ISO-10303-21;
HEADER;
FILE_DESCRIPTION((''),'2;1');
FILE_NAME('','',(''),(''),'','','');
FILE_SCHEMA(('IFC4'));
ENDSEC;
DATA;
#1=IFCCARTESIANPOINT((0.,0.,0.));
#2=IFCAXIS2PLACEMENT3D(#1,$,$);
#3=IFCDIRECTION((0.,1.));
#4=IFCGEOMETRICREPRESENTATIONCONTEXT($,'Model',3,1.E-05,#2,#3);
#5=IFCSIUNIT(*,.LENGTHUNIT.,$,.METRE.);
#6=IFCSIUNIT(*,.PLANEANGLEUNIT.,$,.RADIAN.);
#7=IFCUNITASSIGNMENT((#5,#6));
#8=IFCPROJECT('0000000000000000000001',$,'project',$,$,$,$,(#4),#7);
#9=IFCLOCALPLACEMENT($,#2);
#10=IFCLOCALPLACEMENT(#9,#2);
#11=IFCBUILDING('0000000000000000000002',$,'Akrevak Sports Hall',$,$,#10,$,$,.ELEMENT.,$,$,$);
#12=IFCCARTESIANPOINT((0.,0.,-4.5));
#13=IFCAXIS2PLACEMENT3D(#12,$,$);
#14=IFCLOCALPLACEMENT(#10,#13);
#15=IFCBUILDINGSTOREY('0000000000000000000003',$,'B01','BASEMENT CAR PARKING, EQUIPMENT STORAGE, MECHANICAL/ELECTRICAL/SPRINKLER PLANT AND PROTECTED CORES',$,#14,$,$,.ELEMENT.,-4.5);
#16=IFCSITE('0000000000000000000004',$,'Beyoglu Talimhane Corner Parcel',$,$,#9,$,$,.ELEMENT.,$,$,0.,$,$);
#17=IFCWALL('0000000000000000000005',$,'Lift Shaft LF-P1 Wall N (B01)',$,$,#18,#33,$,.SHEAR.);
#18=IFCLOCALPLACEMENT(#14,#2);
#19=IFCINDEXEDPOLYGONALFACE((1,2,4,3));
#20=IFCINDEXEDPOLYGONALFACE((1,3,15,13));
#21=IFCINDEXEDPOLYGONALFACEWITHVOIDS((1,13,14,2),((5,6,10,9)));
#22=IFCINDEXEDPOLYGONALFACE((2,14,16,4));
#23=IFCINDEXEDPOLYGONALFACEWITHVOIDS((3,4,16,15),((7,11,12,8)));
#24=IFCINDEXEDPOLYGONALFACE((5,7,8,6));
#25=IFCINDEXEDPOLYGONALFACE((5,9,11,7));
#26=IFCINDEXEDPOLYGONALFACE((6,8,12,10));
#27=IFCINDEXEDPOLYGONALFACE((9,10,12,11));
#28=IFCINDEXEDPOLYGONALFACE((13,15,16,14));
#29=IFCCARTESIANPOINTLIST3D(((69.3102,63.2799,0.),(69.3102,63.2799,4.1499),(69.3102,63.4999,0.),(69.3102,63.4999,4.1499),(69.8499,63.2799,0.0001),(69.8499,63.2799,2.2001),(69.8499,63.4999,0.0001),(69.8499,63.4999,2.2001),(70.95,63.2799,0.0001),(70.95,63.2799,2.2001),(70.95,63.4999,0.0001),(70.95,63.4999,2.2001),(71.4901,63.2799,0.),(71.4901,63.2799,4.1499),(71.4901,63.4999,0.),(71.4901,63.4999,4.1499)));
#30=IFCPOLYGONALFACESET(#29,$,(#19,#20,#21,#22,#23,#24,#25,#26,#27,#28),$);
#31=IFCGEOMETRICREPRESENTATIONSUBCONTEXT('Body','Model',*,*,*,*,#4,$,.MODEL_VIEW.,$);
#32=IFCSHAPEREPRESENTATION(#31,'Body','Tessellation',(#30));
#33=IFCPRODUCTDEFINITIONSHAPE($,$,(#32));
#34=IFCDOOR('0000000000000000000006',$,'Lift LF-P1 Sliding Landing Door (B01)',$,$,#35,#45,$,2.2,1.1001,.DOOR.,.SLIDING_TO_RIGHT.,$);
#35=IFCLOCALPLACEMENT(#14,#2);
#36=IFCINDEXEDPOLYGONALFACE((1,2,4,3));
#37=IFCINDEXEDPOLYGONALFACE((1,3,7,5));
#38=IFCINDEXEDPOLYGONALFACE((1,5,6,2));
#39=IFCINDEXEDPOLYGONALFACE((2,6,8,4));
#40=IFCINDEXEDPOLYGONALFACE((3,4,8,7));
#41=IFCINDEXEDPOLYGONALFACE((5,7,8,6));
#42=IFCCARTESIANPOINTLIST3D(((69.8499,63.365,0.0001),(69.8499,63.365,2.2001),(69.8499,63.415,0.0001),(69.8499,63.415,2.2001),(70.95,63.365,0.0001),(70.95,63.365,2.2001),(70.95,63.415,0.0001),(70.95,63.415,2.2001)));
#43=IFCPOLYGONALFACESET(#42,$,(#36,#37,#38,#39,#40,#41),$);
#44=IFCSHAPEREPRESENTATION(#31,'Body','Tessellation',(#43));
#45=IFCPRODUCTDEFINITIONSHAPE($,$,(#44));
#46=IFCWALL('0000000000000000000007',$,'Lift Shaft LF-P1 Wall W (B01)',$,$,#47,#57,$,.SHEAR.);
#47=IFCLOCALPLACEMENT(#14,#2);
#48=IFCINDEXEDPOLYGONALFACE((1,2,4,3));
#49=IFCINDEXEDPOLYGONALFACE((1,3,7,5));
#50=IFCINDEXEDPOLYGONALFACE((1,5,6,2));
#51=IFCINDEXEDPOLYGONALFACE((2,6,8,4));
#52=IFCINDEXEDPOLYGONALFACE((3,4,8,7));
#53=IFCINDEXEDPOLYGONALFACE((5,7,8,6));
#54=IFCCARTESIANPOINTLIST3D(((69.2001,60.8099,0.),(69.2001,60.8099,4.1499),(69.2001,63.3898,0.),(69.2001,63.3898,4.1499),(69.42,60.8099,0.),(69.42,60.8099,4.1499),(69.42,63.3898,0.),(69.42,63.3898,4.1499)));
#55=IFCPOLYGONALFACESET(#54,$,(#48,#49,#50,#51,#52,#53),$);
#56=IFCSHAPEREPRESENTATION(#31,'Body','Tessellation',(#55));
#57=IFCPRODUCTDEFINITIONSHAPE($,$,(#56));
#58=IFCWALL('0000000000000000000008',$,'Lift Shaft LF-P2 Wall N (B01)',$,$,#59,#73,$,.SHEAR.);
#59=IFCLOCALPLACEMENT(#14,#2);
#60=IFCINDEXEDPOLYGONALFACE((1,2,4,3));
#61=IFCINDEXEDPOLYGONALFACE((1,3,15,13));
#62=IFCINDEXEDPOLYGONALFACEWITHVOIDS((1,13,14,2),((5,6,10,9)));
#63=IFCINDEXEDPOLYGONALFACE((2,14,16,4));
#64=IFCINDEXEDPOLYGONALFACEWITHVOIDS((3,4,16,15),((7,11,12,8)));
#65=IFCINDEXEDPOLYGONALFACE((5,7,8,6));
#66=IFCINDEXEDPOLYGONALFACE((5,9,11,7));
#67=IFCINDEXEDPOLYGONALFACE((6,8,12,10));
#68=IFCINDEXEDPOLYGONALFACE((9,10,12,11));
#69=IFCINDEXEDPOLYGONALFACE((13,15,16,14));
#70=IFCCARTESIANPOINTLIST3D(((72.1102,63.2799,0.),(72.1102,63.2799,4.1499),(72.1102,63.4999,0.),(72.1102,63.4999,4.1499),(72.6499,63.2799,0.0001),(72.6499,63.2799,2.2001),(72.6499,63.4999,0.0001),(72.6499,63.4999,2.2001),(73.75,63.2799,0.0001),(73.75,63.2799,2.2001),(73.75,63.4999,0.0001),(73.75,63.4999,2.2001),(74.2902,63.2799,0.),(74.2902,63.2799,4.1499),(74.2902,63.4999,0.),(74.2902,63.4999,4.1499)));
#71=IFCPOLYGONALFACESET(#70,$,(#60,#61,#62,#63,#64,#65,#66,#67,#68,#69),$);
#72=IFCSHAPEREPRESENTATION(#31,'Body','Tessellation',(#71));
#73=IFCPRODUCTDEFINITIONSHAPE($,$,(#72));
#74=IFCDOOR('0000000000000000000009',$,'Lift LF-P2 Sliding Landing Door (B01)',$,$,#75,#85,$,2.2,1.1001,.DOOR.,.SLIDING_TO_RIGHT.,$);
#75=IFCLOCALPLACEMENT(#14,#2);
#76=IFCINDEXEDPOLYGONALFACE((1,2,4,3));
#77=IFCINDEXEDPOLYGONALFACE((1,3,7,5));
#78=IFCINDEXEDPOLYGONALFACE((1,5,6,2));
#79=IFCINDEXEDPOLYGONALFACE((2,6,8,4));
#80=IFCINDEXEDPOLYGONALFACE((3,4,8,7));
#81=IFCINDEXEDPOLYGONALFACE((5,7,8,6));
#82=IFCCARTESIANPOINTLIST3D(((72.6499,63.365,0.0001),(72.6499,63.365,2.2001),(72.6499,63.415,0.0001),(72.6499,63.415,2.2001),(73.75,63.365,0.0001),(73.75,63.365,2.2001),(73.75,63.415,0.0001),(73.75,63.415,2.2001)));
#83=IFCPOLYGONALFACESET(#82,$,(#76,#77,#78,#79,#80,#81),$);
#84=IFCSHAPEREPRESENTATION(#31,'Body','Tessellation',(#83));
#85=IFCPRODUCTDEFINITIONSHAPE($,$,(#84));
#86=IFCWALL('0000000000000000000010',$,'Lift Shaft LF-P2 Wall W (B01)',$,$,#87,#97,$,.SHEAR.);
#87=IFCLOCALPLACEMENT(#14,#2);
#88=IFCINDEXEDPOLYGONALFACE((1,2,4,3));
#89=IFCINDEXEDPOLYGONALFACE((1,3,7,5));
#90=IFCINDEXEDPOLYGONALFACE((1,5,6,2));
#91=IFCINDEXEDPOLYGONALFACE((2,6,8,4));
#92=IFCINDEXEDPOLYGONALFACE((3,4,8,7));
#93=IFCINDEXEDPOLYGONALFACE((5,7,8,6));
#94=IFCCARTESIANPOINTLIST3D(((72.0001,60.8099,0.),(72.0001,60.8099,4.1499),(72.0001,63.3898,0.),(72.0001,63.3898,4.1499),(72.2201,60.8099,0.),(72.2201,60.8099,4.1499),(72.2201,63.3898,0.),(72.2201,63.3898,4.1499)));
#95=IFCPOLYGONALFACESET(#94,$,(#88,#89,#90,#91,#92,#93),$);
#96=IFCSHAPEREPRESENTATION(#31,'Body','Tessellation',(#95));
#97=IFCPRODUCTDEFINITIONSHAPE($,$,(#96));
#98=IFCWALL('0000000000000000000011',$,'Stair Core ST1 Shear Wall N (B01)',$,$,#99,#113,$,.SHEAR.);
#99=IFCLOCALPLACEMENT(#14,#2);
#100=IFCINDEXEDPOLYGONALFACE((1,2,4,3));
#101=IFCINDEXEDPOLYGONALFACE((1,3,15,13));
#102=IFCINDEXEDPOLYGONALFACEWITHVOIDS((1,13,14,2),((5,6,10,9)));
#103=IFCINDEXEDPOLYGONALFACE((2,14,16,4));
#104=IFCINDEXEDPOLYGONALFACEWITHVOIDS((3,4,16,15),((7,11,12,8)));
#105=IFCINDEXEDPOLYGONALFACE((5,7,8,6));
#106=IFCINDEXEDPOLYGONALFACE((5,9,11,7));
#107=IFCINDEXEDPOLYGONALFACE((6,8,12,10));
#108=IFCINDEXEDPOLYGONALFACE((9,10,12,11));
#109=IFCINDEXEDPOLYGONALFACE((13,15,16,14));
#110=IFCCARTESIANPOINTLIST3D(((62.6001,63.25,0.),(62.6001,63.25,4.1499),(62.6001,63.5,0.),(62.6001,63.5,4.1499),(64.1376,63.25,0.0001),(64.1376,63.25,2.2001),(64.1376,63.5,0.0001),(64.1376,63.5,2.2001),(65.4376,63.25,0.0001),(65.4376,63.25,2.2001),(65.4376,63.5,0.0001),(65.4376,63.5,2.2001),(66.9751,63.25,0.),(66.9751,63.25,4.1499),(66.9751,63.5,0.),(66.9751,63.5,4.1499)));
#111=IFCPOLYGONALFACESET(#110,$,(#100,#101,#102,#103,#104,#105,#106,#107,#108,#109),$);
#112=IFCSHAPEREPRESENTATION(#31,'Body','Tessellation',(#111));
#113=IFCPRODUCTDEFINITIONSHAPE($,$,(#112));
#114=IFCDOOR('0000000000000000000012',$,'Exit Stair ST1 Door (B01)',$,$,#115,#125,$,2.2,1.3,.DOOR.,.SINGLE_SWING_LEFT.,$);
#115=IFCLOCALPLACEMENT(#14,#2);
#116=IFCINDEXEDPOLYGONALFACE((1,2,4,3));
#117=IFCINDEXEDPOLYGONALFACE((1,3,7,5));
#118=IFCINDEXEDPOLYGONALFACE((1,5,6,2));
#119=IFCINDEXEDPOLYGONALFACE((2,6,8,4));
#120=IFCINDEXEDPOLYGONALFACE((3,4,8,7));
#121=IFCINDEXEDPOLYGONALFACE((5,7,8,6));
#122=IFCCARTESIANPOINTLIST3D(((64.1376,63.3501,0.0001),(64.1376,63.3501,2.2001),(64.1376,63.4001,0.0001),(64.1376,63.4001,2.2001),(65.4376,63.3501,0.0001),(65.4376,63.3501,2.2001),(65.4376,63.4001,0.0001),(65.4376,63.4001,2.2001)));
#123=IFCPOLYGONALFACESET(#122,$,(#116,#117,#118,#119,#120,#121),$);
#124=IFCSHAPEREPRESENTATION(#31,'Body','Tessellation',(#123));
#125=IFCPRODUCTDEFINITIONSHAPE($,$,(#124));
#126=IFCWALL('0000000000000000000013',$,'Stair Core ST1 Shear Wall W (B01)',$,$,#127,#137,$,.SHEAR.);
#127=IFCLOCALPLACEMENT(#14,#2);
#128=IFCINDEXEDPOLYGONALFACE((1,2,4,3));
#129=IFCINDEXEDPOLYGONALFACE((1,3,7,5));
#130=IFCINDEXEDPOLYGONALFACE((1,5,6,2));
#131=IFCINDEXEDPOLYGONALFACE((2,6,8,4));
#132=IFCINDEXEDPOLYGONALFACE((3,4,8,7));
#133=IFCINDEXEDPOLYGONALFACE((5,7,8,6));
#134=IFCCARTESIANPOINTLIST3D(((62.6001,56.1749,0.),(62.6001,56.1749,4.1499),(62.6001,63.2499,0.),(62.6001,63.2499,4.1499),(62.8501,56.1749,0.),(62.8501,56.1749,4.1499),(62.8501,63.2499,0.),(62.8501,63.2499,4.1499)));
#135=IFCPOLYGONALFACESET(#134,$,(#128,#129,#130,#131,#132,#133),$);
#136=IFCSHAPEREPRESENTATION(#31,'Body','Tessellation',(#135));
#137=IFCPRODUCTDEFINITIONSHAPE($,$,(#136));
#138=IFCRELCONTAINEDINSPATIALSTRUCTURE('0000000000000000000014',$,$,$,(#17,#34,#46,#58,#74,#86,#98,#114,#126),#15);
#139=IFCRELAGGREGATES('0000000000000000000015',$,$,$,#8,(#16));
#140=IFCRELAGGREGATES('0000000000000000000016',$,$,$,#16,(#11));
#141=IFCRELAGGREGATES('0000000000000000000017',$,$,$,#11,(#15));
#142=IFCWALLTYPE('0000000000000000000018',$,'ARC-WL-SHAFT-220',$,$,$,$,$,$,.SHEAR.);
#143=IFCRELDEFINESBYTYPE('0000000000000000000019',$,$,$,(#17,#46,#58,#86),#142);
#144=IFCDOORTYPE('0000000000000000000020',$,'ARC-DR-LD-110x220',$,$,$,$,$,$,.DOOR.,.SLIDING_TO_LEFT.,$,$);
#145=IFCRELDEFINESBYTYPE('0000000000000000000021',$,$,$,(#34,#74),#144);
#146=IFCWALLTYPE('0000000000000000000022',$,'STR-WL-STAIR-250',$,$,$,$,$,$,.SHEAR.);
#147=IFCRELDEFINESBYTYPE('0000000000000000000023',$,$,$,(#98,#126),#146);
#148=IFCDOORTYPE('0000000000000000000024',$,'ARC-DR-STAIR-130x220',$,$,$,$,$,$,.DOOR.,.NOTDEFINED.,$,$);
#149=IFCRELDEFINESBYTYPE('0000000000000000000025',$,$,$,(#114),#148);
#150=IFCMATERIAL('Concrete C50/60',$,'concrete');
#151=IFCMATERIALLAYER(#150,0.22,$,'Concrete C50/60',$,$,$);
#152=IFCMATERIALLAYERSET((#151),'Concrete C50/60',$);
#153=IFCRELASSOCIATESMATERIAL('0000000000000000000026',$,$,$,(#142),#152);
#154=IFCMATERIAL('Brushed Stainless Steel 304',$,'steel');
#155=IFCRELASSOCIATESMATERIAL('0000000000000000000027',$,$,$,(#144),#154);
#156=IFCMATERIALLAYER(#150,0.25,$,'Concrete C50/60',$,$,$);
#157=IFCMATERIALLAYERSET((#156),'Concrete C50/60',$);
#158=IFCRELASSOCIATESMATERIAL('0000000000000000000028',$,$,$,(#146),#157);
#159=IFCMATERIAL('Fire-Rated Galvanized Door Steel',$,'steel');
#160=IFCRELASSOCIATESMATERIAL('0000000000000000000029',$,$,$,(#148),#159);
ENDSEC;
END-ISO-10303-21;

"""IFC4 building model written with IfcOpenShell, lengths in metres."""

from ifc_helpers import new_model, si_unit, direction, frame, frame_2d, origin, place, context, subcontext, project, spatial, rectangle, extrude, material, layer, layer_set, type_object, element, fill, save


model = new_model("IFC4")

# Units and contexts
model_context = context("Model", 3, precision=1e-05, world=origin(), true_north=direction((0.0, 1.0)))
body_context = subcontext(model_context, "Body", "Model", "MODEL_VIEW")
ifc_project = project(units=[si_unit("LENGTHUNIT", "METRE"), si_unit("PLANEANGLEUNIT", "RADIAN")], contexts=[model_context])

# Site, building, storey
site_placement = place(None, origin())
site = spatial("IfcSite", under=ifc_project, at=site_placement, Name="Beyoglu Talimhane Corner Parcel", CompositionType="ELEMENT", RefElevation=0.0)
building_placement = place(site_placement, origin())
building = spatial("IfcBuilding", under=site, at=building_placement, Name="Akrevak Sports Hall", CompositionType="ELEMENT")
storey_placement = place(building_placement, frame((0.0, 0.0, -4.5)))
storey = spatial("IfcBuildingStorey", under=building, at=storey_placement, Name="B01", Description="BASEMENT CAR PARKING, EQUIPMENT STORAGE, MECHANICAL/ELECTRICAL/SPRINKLER PLANT AND PROTECTED CORES", CompositionType="ELEMENT", Elevation=-4.5)

# Shared definitions
ifc_material_1 = material(Name="Concrete C50/60", Category="concrete")

# Shared definitions
ifc_material_2 = material(Name="Fire-Rated Galvanized Door Steel", Category="steel")

# Shared definitions
ifc_layer_1 = layer(ifc_material_1, 0.22, Name="Concrete C50/60")
ifc_layer_set_1 = layer_set([ifc_layer_1], Name="Concrete C50/60")
wall_type_1 = type_object("IfcWallType", Name="ARC-WL-SHAFT-220", PredefinedType="SHEAR", material=ifc_layer_set_1)
ifc_material_3 = material(Name="Brushed Stainless Steel 304", Category="steel")
door_type_1 = type_object("IfcDoorType", Name="ARC-DR-LD-110x220", OperationType="SLIDING_TO_LEFT", PredefinedType="DOOR", material=ifc_material_3)

# Wall, opening, door
wall_1_placement = place(storey_placement, frame((71.49, 63.3899, 0.0), z_axis=(0.0, 0.0, 1.0), x_axis=(-1.0, 0.0, 0.0)))
wall_1 = element("IfcWall", 1, at=wall_1_placement, inside=storey, type_object=wall_type_1, Name="Lift Shaft LF-P1 Wall N (B01)", PredefinedType="SHEAR", context=body_context, shape_type="SweptSolid", body=[
    extrude(rectangle(XDim=2.1799, YDim=0.22, at=frame_2d((1.0898, 0.0))), origin(), (0.0, 0.0, 1.0), 4.1499),
])
opening_1_placement = place(wall_1_placement, frame((0.54, 0.0, 0.0)))
opening_1 = element("IfcOpeningElement", 2, at=opening_1_placement, cuts=wall_1, PredefinedType="OPENING", context=body_context, shape_type="SweptSolid", body=[
    extrude(rectangle(XDim=1.1001, YDim=2.2, at=frame_2d((0.55, 1.1001))), frame((0.0, 0.1221, 0.0), z_axis=(0.0, -1.0, 0.0), x_axis=(1.0, 0.0, 0.0)), (0.0, 0.0, 1.0), 0.2439),
])
door_1_placement = place(opening_1_placement, origin())
door_1 = element("IfcDoor", 3, at=door_1_placement, inside=storey, type_object=door_type_1, Name="Lift LF-P1 Sliding Landing Door (B01)", OperationType="SLIDING_TO_RIGHT", OverallHeight=2.2, OverallWidth=1.1001, PredefinedType="DOOR", context=body_context, shape_type="SweptSolid", body=[
    extrude(rectangle(XDim=1.1001, YDim=2.2, at=frame_2d((0.55, 1.1001))), frame((0.0, 0.0249, 0.0), z_axis=(0.0, -1.0, 0.0), x_axis=(1.0, 0.0, 0.0)), (0.0, 0.0, 1.0), 0.05),
])
fill(opening_1, door_1)

# Wall
wall_2_placement = place(storey_placement, frame((69.3101, 63.3899, 0.0), z_axis=(0.0, 0.0, 1.0), x_axis=(0.0, -1.0, 0.0)))
element("IfcWall", 4, at=wall_2_placement, inside=storey, type_object=wall_type_1, Name="Lift Shaft LF-P1 Wall W (B01)", PredefinedType="SHEAR", context=body_context, shape_type="SweptSolid", body=[
    extrude(rectangle(XDim=2.5798, YDim=0.22, at=frame_2d((1.29, 0.0))), origin(), (0.0, 0.0, 1.0), 4.1499),
])

# Wall, opening, door
wall_3_placement = place(storey_placement, frame((74.29, 63.3899, 0.0), z_axis=(0.0, 0.0, 1.0), x_axis=(-1.0, 0.0, 0.0)))
wall_3 = element("IfcWall", 5, at=wall_3_placement, inside=storey, type_object=wall_type_1, Name="Lift Shaft LF-P2 Wall N (B01)", PredefinedType="SHEAR", context=body_context, shape_type="SweptSolid", body=[
    extrude(rectangle(XDim=2.1799, YDim=0.22, at=frame_2d((1.0898, 0.0))), origin(), (0.0, 0.0, 1.0), 4.1499),
])
opening_2_placement = place(wall_3_placement, frame((0.54, 0.0, 0.0)))
opening_2 = element("IfcOpeningElement", 6, at=opening_2_placement, cuts=wall_3, PredefinedType="OPENING", context=body_context, shape_type="SweptSolid", body=[
    extrude(rectangle(XDim=1.1001, YDim=2.2, at=frame_2d((0.55, 1.1001))), frame((0.0, 0.1221, 0.0), z_axis=(0.0, -1.0, 0.0), x_axis=(1.0, 0.0, 0.0)), (0.0, 0.0, 1.0), 0.2439),
])
door_2_placement = place(opening_2_placement, origin())
door_2 = element("IfcDoor", 7, at=door_2_placement, inside=storey, type_object=door_type_1, Name="Lift LF-P2 Sliding Landing Door (B01)", OperationType="SLIDING_TO_RIGHT", OverallHeight=2.2, OverallWidth=1.1001, PredefinedType="DOOR", context=body_context, shape_type="SweptSolid", body=[
    extrude(rectangle(XDim=1.1001, YDim=2.2, at=frame_2d((0.55, 1.1001))), frame((0.0, 0.0249, 0.0), z_axis=(0.0, -1.0, 0.0), x_axis=(1.0, 0.0, 0.0)), (0.0, 0.0, 1.0), 0.05),
])
fill(opening_2, door_2)

# Wall
wall_4_placement = place(storey_placement, frame((72.1101, 63.3899, 0.0), z_axis=(0.0, 0.0, 1.0), x_axis=(0.0, -1.0, 0.0)))
element("IfcWall", 8, at=wall_4_placement, inside=storey, type_object=wall_type_1, Name="Lift Shaft LF-P2 Wall W (B01)", PredefinedType="SHEAR", context=body_context, shape_type="SweptSolid", body=[
    extrude(rectangle(XDim=2.5798, YDim=0.22, at=frame_2d((1.29, 0.0))), origin(), (0.0, 0.0, 1.0), 4.1499),
])

# Wall, opening, door
ifc_layer_2 = layer(ifc_material_1, 0.25, Name="Concrete C50/60")
ifc_layer_set_2 = layer_set([ifc_layer_2], Name="Concrete C50/60")
wall_type_2 = type_object("IfcWallType", Name="STR-WL-STAIR-250", PredefinedType="SHEAR", material=ifc_layer_set_2)
wall_5_placement = place(storey_placement, frame((66.9751, 63.375, 0.0), z_axis=(0.0, 0.0, 1.0), x_axis=(-1.0, 0.0, 0.0)))
wall_5 = element("IfcWall", 9, at=wall_5_placement, inside=storey, type_object=wall_type_2, Name="Stair Core ST1 Shear Wall N (B01)", PredefinedType="SHEAR", context=body_context, shape_type="SweptSolid", body=[
    extrude(rectangle(XDim=4.375, YDim=0.25, at=frame_2d((2.1875, 0.0))), origin(), (0.0, 0.0, 1.0), 4.1499),
])
opening_3_placement = place(wall_5_placement, frame((1.5376, 0.0, 0.0)))
opening_3 = element("IfcOpeningElement", 10, at=opening_3_placement, cuts=wall_5, PredefinedType="OPENING", context=body_context, shape_type="SweptSolid", body=[
    extrude(rectangle(XDim=1.3, YDim=2.2, at=frame_2d((0.6499, 1.1001))), frame((0.0, 0.137, 0.0), z_axis=(0.0, -1.0, 0.0), x_axis=(1.0, 0.0, 0.0)), (0.0, 0.0, 1.0), 0.2739),
])
door_type_2 = type_object("IfcDoorType", Name="ARC-DR-STAIR-130x220", OperationType="NOTDEFINED", PredefinedType="DOOR", material=ifc_material_2)
door_3_placement = place(opening_3_placement, origin())
door_3 = element("IfcDoor", 11, at=door_3_placement, inside=storey, type_object=door_type_2, Name="Exit Stair ST1 Door (B01)", OperationType="SINGLE_SWING_LEFT", OverallHeight=2.2, OverallWidth=1.3, PredefinedType="DOOR", context=body_context, shape_type="SweptSolid", body=[
    extrude(rectangle(XDim=1.3, YDim=2.2, at=frame_2d((0.6499, 1.1001))), frame((0.0, 0.0249, 0.0), z_axis=(0.0, -1.0, 0.0), x_axis=(1.0, 0.0, 0.0)), (0.0, 0.0, 1.0), 0.05),
])
fill(opening_3, door_3)

# Wall
wall_6_placement = place(storey_placement, frame((62.7251, 63.25, 0.0), z_axis=(0.0, 0.0, 1.0), x_axis=(0.0, -1.0, 0.0)))
element("IfcWall", 12, at=wall_6_placement, inside=storey, type_object=wall_type_2, Name="Stair Core ST1 Shear Wall W (B01)", PredefinedType="SHEAR", context=body_context, shape_type="SweptSolid", body=[
    extrude(rectangle(XDim=7.075, YDim=0.25, at=frame_2d((3.5376, 0.0))), origin(), (0.0, 0.0, 1.0), 4.1499),
])

save(model, "model.ifc")
